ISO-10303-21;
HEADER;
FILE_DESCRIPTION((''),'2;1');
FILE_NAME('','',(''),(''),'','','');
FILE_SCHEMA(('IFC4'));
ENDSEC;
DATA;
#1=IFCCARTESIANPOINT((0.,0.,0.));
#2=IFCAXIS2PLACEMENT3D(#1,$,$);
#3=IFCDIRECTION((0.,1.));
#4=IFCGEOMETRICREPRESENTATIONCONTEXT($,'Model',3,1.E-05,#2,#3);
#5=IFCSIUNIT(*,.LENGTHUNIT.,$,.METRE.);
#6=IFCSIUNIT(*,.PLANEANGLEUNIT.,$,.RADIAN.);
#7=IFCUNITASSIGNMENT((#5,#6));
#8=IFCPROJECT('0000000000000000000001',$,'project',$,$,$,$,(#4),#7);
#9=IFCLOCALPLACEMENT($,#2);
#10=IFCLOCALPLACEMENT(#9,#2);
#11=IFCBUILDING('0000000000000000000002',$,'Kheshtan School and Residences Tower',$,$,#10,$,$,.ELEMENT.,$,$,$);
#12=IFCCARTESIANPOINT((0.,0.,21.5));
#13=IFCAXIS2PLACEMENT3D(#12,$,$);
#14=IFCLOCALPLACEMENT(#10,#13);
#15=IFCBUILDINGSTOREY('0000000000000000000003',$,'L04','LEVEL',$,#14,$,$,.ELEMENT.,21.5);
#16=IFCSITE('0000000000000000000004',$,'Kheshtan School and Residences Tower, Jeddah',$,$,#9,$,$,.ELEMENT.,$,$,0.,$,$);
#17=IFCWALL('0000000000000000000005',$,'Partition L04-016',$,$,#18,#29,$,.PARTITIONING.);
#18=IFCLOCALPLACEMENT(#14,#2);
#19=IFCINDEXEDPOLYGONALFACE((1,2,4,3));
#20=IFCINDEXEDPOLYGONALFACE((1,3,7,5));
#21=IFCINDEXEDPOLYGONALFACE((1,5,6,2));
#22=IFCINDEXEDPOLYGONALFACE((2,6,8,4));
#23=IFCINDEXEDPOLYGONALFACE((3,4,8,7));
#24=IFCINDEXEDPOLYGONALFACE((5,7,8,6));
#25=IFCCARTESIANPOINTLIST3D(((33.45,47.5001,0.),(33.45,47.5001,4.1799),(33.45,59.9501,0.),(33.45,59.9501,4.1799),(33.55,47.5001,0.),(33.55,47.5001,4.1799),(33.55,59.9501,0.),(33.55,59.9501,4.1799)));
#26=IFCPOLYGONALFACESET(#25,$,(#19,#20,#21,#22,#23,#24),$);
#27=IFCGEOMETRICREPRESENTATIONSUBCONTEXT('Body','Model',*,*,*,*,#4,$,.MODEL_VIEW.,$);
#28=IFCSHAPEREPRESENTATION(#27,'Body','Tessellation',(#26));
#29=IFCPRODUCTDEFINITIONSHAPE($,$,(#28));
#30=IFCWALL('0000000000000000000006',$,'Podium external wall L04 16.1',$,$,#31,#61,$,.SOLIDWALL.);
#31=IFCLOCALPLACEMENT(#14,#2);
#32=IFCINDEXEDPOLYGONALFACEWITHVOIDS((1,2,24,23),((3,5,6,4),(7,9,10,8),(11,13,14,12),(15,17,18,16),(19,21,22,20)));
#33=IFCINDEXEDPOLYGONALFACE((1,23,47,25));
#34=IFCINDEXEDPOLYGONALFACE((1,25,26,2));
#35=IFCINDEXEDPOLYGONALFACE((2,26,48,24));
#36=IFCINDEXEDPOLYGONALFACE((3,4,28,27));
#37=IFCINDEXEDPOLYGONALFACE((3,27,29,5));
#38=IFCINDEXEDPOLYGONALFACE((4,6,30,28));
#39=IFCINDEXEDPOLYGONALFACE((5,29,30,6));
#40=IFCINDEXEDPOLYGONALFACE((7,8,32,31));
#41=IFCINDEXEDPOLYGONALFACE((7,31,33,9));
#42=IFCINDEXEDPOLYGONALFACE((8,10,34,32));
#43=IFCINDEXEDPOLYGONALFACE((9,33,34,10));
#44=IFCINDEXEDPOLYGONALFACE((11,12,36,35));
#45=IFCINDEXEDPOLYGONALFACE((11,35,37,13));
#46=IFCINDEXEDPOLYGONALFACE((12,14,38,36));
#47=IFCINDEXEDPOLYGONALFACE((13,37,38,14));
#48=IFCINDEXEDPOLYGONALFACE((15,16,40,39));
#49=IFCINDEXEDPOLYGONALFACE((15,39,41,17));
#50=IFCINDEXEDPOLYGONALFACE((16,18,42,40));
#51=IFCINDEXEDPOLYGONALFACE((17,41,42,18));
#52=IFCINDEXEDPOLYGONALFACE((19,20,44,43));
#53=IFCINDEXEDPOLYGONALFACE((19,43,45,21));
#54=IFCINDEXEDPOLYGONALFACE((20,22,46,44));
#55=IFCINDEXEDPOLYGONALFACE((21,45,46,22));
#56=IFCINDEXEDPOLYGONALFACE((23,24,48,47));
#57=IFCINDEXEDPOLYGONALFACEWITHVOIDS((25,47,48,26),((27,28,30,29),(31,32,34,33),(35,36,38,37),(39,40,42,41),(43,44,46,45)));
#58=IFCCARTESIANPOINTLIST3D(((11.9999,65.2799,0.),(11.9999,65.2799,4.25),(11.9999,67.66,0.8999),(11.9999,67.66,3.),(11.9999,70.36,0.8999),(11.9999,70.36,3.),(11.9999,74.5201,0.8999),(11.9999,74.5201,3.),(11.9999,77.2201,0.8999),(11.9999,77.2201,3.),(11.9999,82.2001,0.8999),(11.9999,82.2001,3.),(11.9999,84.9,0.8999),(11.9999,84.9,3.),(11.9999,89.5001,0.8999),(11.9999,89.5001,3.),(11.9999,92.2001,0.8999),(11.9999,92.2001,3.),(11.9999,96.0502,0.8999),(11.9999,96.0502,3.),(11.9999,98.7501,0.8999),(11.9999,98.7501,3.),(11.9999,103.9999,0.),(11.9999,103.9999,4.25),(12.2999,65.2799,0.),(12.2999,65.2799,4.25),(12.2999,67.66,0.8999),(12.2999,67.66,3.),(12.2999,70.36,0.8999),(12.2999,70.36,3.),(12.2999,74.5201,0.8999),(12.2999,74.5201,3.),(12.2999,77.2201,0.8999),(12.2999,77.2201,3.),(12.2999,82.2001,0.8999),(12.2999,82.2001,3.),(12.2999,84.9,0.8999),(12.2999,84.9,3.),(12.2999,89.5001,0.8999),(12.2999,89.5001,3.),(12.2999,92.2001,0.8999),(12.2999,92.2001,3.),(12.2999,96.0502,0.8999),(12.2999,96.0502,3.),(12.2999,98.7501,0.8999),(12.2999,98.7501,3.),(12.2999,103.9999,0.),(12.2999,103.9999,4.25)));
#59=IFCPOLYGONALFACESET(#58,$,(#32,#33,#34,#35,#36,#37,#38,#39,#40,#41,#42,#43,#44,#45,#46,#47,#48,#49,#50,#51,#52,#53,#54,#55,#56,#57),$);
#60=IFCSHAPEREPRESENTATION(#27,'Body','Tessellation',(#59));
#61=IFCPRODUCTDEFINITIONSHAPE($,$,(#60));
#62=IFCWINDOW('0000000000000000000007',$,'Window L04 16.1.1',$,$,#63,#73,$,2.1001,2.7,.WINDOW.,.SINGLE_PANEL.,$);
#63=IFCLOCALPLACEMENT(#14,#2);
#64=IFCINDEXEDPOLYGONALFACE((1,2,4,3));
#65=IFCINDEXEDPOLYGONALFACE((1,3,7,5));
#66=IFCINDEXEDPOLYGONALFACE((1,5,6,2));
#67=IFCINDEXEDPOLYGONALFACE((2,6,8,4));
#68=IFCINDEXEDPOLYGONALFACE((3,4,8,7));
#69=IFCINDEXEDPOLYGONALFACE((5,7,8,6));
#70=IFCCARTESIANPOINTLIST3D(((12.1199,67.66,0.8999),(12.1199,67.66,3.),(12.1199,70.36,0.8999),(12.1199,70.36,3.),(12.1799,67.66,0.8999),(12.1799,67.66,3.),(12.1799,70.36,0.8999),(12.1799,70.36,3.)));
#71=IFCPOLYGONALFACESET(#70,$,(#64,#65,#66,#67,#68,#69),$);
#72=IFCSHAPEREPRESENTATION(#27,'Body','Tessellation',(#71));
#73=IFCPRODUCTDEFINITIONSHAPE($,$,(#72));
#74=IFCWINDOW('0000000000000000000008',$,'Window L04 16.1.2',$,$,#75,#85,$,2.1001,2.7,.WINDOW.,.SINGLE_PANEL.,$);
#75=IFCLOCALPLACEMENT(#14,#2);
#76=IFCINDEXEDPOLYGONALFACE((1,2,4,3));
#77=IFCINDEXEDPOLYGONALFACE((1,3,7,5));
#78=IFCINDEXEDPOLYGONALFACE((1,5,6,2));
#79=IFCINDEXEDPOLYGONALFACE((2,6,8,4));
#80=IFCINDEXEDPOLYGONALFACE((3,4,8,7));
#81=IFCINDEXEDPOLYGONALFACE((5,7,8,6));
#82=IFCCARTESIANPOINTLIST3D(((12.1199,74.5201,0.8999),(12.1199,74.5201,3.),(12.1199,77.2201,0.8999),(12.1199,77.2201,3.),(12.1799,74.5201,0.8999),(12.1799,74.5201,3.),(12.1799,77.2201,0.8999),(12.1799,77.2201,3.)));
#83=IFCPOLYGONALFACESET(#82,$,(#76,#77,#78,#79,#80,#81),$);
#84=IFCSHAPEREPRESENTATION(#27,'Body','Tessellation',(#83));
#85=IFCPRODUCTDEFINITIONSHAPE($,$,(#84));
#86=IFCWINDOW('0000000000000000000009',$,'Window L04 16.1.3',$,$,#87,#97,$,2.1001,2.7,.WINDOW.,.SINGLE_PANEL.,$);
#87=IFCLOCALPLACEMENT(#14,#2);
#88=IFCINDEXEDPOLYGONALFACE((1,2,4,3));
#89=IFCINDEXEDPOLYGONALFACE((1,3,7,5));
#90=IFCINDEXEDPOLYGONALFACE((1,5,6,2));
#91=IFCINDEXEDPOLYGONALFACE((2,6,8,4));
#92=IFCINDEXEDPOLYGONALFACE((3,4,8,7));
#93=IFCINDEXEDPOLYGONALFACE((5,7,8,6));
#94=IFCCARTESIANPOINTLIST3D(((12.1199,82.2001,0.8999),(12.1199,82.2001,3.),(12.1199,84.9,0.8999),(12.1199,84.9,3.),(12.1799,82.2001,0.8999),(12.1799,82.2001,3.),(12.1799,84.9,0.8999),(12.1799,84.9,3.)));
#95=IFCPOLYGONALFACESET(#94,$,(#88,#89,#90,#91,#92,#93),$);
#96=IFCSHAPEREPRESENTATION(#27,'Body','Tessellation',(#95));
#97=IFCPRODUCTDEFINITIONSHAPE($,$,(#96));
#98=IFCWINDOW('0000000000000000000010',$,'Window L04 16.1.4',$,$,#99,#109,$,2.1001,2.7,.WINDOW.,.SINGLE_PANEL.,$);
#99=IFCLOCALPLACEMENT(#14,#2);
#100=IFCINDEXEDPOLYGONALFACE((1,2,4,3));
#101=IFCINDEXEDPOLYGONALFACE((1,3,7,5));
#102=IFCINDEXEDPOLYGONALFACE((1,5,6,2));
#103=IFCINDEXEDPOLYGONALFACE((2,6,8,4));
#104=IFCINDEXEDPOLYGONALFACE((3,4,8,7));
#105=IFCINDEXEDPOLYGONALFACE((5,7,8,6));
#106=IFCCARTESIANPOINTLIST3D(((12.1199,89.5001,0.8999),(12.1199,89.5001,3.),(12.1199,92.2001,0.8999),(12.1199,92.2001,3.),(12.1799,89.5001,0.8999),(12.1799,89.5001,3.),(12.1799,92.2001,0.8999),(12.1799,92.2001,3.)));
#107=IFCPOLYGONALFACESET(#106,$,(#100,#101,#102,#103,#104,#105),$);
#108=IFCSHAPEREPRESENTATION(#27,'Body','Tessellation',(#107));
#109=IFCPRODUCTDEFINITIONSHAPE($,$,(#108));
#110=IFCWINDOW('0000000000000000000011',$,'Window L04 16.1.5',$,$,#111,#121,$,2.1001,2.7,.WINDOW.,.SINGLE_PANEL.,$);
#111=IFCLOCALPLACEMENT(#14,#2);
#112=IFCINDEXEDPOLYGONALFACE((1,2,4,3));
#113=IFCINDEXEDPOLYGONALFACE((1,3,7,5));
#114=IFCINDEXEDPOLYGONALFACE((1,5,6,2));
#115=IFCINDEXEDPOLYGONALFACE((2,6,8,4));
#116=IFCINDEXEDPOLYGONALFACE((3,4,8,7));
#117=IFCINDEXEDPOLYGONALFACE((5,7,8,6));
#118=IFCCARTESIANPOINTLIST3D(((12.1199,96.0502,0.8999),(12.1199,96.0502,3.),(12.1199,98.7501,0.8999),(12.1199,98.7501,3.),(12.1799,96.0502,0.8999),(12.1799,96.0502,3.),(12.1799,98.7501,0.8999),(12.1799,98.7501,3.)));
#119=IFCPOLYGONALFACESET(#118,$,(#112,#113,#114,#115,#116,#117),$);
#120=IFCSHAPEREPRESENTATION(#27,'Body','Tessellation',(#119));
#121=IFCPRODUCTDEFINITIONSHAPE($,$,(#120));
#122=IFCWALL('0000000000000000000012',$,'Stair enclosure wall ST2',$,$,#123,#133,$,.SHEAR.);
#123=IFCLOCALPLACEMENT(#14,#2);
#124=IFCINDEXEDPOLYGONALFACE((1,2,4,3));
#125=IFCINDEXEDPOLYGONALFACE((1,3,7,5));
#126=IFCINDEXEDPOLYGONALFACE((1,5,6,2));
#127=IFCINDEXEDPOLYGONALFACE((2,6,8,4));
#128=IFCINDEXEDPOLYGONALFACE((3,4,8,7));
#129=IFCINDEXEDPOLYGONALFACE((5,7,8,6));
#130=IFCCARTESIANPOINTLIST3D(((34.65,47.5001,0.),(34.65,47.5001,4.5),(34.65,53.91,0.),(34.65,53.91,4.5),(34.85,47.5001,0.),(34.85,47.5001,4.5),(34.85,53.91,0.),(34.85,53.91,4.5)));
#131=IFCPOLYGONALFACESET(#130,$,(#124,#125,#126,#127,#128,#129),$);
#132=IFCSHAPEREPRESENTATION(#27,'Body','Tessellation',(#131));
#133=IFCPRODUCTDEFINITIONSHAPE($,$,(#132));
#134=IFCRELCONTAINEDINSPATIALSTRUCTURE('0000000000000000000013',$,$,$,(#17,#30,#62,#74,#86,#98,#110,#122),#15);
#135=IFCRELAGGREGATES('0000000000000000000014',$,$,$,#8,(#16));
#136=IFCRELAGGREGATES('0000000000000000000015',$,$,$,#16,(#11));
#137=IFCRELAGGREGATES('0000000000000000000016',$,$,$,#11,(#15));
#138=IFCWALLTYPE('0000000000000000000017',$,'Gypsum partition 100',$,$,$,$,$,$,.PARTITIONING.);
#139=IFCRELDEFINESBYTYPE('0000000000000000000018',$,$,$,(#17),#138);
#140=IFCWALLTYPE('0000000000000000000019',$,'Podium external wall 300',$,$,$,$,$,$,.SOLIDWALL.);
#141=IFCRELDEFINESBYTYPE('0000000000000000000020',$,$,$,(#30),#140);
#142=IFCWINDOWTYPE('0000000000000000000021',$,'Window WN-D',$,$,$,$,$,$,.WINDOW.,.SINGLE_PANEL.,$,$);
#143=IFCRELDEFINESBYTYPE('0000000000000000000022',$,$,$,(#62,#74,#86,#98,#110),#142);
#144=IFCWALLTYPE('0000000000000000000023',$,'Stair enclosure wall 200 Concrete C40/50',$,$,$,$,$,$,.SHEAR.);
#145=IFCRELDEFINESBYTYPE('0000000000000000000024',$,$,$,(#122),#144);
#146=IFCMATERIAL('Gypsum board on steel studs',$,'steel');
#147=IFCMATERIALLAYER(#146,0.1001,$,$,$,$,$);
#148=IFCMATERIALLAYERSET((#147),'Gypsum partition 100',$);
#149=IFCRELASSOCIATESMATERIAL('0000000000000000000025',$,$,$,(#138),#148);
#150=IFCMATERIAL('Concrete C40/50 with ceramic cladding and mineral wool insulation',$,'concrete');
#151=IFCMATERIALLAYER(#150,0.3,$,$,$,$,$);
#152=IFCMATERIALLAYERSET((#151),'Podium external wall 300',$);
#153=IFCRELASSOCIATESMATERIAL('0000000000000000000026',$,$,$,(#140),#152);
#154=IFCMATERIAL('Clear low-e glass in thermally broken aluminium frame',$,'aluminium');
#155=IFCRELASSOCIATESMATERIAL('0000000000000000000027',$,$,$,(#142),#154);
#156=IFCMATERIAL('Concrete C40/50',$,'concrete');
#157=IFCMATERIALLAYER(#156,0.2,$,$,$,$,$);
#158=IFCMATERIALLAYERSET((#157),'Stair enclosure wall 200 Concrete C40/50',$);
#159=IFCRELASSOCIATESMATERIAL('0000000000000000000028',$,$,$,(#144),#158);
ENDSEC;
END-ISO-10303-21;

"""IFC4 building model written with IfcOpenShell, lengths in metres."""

from ifc_helpers import new_model, si_unit, direction, frame, frame_2d, origin, place, context, subcontext, project, spatial, rectangle, extrude, source, transform, mapped, material, layer, layer_set, type_object, element, fill, save


model = new_model("IFC4")

# Units and contexts
model_context = context("Model", 3, precision=1e-05, world=origin(), true_north=direction((0.0, 1.0)))
body_context = subcontext(model_context, "Body", "Model", "MODEL_VIEW")
ifc_project = project(units=[si_unit("LENGTHUNIT", "METRE"), si_unit("PLANEANGLEUNIT", "RADIAN")], contexts=[model_context])

# Site, building, storey
site_placement = place(None, origin())
site = spatial("IfcSite", under=ifc_project, at=site_placement, Name="Kheshtan School and Residences Tower, Jeddah", CompositionType="ELEMENT", RefElevation=0.0)
building_placement = place(site_placement, origin())
building = spatial("IfcBuilding", under=site, at=building_placement, Name="Kheshtan School and Residences Tower", CompositionType="ELEMENT")
storey_placement = place(building_placement, frame((0.0, 0.0, 21.5)))
storey = spatial("IfcBuildingStorey", under=building, at=storey_placement, Name="L04", Description="LEVEL", CompositionType="ELEMENT", Elevation=21.5)

# Shared definitions
ifc_material_1 = material(Name="Clear low-e glass in thermally broken aluminium frame", Category="aluminium")

# Wall
ifc_material_2 = material(Name="Gypsum board on steel studs", Category="steel")
ifc_layer_1 = layer(ifc_material_2, 0.1001)
ifc_layer_set_1 = layer_set([ifc_layer_1], Name="Gypsum partition 100")
wall_type_1 = type_object("IfcWallType", Name="Gypsum partition 100", PredefinedType="PARTITIONING", material=ifc_layer_set_1)
wall_1_placement = place(storey_placement, frame((33.5, 47.5, 0.0), z_axis=(0.0, 0.0, 1.0), x_axis=(0.0, 1.0, 0.0)))
element("IfcWall", 1, at=wall_1_placement, inside=storey, type_object=wall_type_1, Name="Partition L04-016", PredefinedType="PARTITIONING", context=body_context, shape_type="SweptSolid", body=[
    extrude(rectangle(XDim=12.45, YDim=0.1001, at=frame_2d((6.2251, 0.0))), origin(), (0.0, 0.0, 1.0), 4.1799),
])

# Wall, openings, windows
ifc_material_3 = material(Name="Concrete C40/50 with ceramic cladding and mineral wool insulation", Category="concrete")
ifc_layer_2 = layer(ifc_material_3, 0.3)
ifc_layer_set_2 = layer_set([ifc_layer_2], Name="Podium external wall 300")
wall_type_2 = type_object("IfcWallType", Name="Podium external wall 300", PredefinedType="SOLIDWALL", material=ifc_layer_set_2)
wall_2_placement = place(storey_placement, frame((12.1499, 65.28, 0.0), z_axis=(0.0, 0.0, 1.0), x_axis=(0.0, 1.0, 0.0)))
wall_2 = element("IfcWall", 2, at=wall_2_placement, inside=storey, type_object=wall_type_2, Name="Podium external wall L04 16.1", PredefinedType="SOLIDWALL", context=body_context, shape_type="SweptSolid", body=[
    extrude(rectangle(XDim=38.72, YDim=0.3, at=frame_2d((19.3599, 0.0))), origin(), (0.0, 0.0, 1.0), 4.25),
])
opening_1_placement = place(wall_2_placement, frame((2.3799, 0.0, 0.8999)))
opening_1 = element("IfcOpeningElement", 3, at=opening_1_placement, cuts=wall_2, PredefinedType="OPENING", context=body_context, shape_type="SweptSolid", body=[
    extrude(rectangle(XDim=2.7, YDim=2.1001, at=frame_2d((1.3501, 1.05))), frame((0.0, 0.1602, 0.0), z_axis=(0.0, -1.0, 0.0), x_axis=(1.0, 0.0, 0.0)), (0.0, 0.0, 1.0), 0.3201),
])
opening_2_placement = place(wall_2_placement, frame((9.24, 0.0, 0.8999)))
opening_2 = element("IfcOpeningElement", 4, at=opening_2_placement, cuts=wall_2, PredefinedType="OPENING", context=body_context, shape_type="SweptSolid", body=[
    extrude(rectangle(XDim=2.7, YDim=2.1001, at=frame_2d((1.3501, 1.05))), frame((0.0, 0.1602, 0.0), z_axis=(0.0, -1.0, 0.0), x_axis=(1.0, 0.0, 0.0)), (0.0, 0.0, 1.0), 0.3201),
])
opening_3_placement = place(wall_2_placement, frame((16.9199, 0.0, 0.8999)))
opening_3 = element("IfcOpeningElement", 5, at=opening_3_placement, cuts=wall_2, PredefinedType="OPENING", context=body_context, shape_type="SweptSolid", body=[
    extrude(rectangle(XDim=2.7, YDim=2.1001, at=frame_2d((1.3501, 1.05))), frame((0.0, 0.1602, 0.0), z_axis=(0.0, -1.0, 0.0), x_axis=(1.0, 0.0, 0.0)), (0.0, 0.0, 1.0), 0.3201),
])
opening_4_placement = place(wall_2_placement, frame((24.22, 0.0, 0.8999)))
opening_4 = element("IfcOpeningElement", 6, at=opening_4_placement, cuts=wall_2, PredefinedType="OPENING", context=body_context, shape_type="SweptSolid", body=[
    extrude(rectangle(XDim=2.7, YDim=2.1001, at=frame_2d((1.3501, 1.05))), frame((0.0, 0.1602, 0.0), z_axis=(0.0, -1.0, 0.0), x_axis=(1.0, 0.0, 0.0)), (0.0, 0.0, 1.0), 0.3201),
])
opening_5_placement = place(wall_2_placement, frame((30.77, 0.0, 0.8999)))
opening_5 = element("IfcOpeningElement", 7, at=opening_5_placement, cuts=wall_2, PredefinedType="OPENING", context=body_context, shape_type="SweptSolid", body=[
    extrude(rectangle(XDim=2.7, YDim=2.1001, at=frame_2d((1.3501, 1.05))), frame((0.0, 0.1602, 0.0), z_axis=(0.0, -1.0, 0.0), x_axis=(1.0, 0.0, 0.0)), (0.0, 0.0, 1.0), 0.3201),
])
window_type = type_object("IfcWindowType", Name="Window WN-D", PartitioningType="SINGLE_PANEL", PredefinedType="WINDOW", material=ifc_material_1)
shared_shape = source(origin(), body_context, "Body", "SweptSolid", [
    extrude(rectangle(XDim=2.7, YDim=2.1001, at=frame_2d((1.3501, 1.05))), frame((0.0, 0.03, 0.0), z_axis=(0.0, -1.0, 0.0), x_axis=(1.0, 0.0, 0.0)), (0.0, 0.0, 1.0), 0.0601),
])
window_1_placement = place(opening_1_placement, origin())
window_1 = element("IfcWindow", 8, at=window_1_placement, inside=storey, type_object=window_type, Name="Window L04 16.1.1", OverallHeight=2.1001, OverallWidth=2.7, PartitioningType="SINGLE_PANEL", PredefinedType="WINDOW", context=body_context, shape_type="MappedRepresentation", body=[
    mapped(shared_shape, transform((0.0, 0.0, 0.0), x_axis=(1.0, 0.0, 0.0), y_axis=(0.0, 1.0, 0.0), z_axis=(0.0, 0.0, 1.0), scale=1.0)),
])
fill(opening_1, window_1)
window_2_placement = place(opening_2_placement, origin())
window_2 = element("IfcWindow", 9, at=window_2_placement, inside=storey, type_object=window_type, Name="Window L04 16.1.2", OverallHeight=2.1001, OverallWidth=2.7, PartitioningType="SINGLE_PANEL", PredefinedType="WINDOW", context=body_context, shape_type="MappedRepresentation", body=[
    mapped(shared_shape, transform((0.0, 0.0, 0.0), x_axis=(1.0, 0.0, 0.0), y_axis=(0.0, 1.0, 0.0), z_axis=(0.0, 0.0, 1.0), scale=1.0)),
])
fill(opening_2, window_2)
window_3_placement = place(opening_3_placement, origin())
window_3 = element("IfcWindow", 10, at=window_3_placement, inside=storey, type_object=window_type, Name="Window L04 16.1.3", OverallHeight=2.1001, OverallWidth=2.7, PartitioningType="SINGLE_PANEL", PredefinedType="WINDOW", context=body_context, shape_type="MappedRepresentation", body=[
    mapped(shared_shape, transform((0.0, 0.0, 0.0), x_axis=(1.0, 0.0, 0.0), y_axis=(0.0, 1.0, 0.0), z_axis=(0.0, 0.0, 1.0), scale=1.0)),
])
fill(opening_3, window_3)
window_4_placement = place(opening_4_placement, origin())
window_4 = element("IfcWindow", 11, at=window_4_placement, inside=storey, type_object=window_type, Name="Window L04 16.1.4", OverallHeight=2.1001, OverallWidth=2.7, PartitioningType="SINGLE_PANEL", PredefinedType="WINDOW", context=body_context, shape_type="MappedRepresentation", body=[
    mapped(shared_shape, transform((0.0, 0.0, 0.0), x_axis=(1.0, 0.0, 0.0), y_axis=(0.0, 1.0, 0.0), z_axis=(0.0, 0.0, 1.0), scale=1.0)),
])
fill(opening_4, window_4)
window_5_placement = place(opening_5_placement, origin())
window_5 = element("IfcWindow", 12, at=window_5_placement, inside=storey, type_object=window_type, Name="Window L04 16.1.5", OverallHeight=2.1001, OverallWidth=2.7, PartitioningType="SINGLE_PANEL", PredefinedType="WINDOW", context=body_context, shape_type="MappedRepresentation", body=[
    mapped(shared_shape, transform((0.0, 0.0, 0.0), x_axis=(1.0, 0.0, 0.0), y_axis=(0.0, 1.0, 0.0), z_axis=(0.0, 0.0, 1.0), scale=1.0)),
])
fill(opening_5, window_5)

# Wall
ifc_material_4 = material(Name="Concrete C40/50", Category="concrete")
ifc_layer_3 = layer(ifc_material_4, 0.2)
ifc_layer_set_3 = layer_set([ifc_layer_3], Name="Stair enclosure wall 200 Concrete C40/50")
wall_type_3 = type_object("IfcWallType", Name="Stair enclosure wall 200 Concrete C40/50", PredefinedType="SHEAR", material=ifc_layer_set_3)
wall_3_placement = place(storey_placement, frame((34.75, 47.5, 0.0), z_axis=(0.0, 0.0, 1.0), x_axis=(0.0, 1.0, 0.0)))
element("IfcWall", 13, at=wall_3_placement, inside=storey, type_object=wall_type_3, Name="Stair enclosure wall ST2", PredefinedType="SHEAR", context=body_context, shape_type="SweptSolid", body=[
    extrude(rectangle(XDim=6.4099, YDim=0.2, at=frame_2d((3.2051, 0.0))), origin(), (0.0, 0.0, 1.0), 4.5),
])

save(model, "model.ifc")
